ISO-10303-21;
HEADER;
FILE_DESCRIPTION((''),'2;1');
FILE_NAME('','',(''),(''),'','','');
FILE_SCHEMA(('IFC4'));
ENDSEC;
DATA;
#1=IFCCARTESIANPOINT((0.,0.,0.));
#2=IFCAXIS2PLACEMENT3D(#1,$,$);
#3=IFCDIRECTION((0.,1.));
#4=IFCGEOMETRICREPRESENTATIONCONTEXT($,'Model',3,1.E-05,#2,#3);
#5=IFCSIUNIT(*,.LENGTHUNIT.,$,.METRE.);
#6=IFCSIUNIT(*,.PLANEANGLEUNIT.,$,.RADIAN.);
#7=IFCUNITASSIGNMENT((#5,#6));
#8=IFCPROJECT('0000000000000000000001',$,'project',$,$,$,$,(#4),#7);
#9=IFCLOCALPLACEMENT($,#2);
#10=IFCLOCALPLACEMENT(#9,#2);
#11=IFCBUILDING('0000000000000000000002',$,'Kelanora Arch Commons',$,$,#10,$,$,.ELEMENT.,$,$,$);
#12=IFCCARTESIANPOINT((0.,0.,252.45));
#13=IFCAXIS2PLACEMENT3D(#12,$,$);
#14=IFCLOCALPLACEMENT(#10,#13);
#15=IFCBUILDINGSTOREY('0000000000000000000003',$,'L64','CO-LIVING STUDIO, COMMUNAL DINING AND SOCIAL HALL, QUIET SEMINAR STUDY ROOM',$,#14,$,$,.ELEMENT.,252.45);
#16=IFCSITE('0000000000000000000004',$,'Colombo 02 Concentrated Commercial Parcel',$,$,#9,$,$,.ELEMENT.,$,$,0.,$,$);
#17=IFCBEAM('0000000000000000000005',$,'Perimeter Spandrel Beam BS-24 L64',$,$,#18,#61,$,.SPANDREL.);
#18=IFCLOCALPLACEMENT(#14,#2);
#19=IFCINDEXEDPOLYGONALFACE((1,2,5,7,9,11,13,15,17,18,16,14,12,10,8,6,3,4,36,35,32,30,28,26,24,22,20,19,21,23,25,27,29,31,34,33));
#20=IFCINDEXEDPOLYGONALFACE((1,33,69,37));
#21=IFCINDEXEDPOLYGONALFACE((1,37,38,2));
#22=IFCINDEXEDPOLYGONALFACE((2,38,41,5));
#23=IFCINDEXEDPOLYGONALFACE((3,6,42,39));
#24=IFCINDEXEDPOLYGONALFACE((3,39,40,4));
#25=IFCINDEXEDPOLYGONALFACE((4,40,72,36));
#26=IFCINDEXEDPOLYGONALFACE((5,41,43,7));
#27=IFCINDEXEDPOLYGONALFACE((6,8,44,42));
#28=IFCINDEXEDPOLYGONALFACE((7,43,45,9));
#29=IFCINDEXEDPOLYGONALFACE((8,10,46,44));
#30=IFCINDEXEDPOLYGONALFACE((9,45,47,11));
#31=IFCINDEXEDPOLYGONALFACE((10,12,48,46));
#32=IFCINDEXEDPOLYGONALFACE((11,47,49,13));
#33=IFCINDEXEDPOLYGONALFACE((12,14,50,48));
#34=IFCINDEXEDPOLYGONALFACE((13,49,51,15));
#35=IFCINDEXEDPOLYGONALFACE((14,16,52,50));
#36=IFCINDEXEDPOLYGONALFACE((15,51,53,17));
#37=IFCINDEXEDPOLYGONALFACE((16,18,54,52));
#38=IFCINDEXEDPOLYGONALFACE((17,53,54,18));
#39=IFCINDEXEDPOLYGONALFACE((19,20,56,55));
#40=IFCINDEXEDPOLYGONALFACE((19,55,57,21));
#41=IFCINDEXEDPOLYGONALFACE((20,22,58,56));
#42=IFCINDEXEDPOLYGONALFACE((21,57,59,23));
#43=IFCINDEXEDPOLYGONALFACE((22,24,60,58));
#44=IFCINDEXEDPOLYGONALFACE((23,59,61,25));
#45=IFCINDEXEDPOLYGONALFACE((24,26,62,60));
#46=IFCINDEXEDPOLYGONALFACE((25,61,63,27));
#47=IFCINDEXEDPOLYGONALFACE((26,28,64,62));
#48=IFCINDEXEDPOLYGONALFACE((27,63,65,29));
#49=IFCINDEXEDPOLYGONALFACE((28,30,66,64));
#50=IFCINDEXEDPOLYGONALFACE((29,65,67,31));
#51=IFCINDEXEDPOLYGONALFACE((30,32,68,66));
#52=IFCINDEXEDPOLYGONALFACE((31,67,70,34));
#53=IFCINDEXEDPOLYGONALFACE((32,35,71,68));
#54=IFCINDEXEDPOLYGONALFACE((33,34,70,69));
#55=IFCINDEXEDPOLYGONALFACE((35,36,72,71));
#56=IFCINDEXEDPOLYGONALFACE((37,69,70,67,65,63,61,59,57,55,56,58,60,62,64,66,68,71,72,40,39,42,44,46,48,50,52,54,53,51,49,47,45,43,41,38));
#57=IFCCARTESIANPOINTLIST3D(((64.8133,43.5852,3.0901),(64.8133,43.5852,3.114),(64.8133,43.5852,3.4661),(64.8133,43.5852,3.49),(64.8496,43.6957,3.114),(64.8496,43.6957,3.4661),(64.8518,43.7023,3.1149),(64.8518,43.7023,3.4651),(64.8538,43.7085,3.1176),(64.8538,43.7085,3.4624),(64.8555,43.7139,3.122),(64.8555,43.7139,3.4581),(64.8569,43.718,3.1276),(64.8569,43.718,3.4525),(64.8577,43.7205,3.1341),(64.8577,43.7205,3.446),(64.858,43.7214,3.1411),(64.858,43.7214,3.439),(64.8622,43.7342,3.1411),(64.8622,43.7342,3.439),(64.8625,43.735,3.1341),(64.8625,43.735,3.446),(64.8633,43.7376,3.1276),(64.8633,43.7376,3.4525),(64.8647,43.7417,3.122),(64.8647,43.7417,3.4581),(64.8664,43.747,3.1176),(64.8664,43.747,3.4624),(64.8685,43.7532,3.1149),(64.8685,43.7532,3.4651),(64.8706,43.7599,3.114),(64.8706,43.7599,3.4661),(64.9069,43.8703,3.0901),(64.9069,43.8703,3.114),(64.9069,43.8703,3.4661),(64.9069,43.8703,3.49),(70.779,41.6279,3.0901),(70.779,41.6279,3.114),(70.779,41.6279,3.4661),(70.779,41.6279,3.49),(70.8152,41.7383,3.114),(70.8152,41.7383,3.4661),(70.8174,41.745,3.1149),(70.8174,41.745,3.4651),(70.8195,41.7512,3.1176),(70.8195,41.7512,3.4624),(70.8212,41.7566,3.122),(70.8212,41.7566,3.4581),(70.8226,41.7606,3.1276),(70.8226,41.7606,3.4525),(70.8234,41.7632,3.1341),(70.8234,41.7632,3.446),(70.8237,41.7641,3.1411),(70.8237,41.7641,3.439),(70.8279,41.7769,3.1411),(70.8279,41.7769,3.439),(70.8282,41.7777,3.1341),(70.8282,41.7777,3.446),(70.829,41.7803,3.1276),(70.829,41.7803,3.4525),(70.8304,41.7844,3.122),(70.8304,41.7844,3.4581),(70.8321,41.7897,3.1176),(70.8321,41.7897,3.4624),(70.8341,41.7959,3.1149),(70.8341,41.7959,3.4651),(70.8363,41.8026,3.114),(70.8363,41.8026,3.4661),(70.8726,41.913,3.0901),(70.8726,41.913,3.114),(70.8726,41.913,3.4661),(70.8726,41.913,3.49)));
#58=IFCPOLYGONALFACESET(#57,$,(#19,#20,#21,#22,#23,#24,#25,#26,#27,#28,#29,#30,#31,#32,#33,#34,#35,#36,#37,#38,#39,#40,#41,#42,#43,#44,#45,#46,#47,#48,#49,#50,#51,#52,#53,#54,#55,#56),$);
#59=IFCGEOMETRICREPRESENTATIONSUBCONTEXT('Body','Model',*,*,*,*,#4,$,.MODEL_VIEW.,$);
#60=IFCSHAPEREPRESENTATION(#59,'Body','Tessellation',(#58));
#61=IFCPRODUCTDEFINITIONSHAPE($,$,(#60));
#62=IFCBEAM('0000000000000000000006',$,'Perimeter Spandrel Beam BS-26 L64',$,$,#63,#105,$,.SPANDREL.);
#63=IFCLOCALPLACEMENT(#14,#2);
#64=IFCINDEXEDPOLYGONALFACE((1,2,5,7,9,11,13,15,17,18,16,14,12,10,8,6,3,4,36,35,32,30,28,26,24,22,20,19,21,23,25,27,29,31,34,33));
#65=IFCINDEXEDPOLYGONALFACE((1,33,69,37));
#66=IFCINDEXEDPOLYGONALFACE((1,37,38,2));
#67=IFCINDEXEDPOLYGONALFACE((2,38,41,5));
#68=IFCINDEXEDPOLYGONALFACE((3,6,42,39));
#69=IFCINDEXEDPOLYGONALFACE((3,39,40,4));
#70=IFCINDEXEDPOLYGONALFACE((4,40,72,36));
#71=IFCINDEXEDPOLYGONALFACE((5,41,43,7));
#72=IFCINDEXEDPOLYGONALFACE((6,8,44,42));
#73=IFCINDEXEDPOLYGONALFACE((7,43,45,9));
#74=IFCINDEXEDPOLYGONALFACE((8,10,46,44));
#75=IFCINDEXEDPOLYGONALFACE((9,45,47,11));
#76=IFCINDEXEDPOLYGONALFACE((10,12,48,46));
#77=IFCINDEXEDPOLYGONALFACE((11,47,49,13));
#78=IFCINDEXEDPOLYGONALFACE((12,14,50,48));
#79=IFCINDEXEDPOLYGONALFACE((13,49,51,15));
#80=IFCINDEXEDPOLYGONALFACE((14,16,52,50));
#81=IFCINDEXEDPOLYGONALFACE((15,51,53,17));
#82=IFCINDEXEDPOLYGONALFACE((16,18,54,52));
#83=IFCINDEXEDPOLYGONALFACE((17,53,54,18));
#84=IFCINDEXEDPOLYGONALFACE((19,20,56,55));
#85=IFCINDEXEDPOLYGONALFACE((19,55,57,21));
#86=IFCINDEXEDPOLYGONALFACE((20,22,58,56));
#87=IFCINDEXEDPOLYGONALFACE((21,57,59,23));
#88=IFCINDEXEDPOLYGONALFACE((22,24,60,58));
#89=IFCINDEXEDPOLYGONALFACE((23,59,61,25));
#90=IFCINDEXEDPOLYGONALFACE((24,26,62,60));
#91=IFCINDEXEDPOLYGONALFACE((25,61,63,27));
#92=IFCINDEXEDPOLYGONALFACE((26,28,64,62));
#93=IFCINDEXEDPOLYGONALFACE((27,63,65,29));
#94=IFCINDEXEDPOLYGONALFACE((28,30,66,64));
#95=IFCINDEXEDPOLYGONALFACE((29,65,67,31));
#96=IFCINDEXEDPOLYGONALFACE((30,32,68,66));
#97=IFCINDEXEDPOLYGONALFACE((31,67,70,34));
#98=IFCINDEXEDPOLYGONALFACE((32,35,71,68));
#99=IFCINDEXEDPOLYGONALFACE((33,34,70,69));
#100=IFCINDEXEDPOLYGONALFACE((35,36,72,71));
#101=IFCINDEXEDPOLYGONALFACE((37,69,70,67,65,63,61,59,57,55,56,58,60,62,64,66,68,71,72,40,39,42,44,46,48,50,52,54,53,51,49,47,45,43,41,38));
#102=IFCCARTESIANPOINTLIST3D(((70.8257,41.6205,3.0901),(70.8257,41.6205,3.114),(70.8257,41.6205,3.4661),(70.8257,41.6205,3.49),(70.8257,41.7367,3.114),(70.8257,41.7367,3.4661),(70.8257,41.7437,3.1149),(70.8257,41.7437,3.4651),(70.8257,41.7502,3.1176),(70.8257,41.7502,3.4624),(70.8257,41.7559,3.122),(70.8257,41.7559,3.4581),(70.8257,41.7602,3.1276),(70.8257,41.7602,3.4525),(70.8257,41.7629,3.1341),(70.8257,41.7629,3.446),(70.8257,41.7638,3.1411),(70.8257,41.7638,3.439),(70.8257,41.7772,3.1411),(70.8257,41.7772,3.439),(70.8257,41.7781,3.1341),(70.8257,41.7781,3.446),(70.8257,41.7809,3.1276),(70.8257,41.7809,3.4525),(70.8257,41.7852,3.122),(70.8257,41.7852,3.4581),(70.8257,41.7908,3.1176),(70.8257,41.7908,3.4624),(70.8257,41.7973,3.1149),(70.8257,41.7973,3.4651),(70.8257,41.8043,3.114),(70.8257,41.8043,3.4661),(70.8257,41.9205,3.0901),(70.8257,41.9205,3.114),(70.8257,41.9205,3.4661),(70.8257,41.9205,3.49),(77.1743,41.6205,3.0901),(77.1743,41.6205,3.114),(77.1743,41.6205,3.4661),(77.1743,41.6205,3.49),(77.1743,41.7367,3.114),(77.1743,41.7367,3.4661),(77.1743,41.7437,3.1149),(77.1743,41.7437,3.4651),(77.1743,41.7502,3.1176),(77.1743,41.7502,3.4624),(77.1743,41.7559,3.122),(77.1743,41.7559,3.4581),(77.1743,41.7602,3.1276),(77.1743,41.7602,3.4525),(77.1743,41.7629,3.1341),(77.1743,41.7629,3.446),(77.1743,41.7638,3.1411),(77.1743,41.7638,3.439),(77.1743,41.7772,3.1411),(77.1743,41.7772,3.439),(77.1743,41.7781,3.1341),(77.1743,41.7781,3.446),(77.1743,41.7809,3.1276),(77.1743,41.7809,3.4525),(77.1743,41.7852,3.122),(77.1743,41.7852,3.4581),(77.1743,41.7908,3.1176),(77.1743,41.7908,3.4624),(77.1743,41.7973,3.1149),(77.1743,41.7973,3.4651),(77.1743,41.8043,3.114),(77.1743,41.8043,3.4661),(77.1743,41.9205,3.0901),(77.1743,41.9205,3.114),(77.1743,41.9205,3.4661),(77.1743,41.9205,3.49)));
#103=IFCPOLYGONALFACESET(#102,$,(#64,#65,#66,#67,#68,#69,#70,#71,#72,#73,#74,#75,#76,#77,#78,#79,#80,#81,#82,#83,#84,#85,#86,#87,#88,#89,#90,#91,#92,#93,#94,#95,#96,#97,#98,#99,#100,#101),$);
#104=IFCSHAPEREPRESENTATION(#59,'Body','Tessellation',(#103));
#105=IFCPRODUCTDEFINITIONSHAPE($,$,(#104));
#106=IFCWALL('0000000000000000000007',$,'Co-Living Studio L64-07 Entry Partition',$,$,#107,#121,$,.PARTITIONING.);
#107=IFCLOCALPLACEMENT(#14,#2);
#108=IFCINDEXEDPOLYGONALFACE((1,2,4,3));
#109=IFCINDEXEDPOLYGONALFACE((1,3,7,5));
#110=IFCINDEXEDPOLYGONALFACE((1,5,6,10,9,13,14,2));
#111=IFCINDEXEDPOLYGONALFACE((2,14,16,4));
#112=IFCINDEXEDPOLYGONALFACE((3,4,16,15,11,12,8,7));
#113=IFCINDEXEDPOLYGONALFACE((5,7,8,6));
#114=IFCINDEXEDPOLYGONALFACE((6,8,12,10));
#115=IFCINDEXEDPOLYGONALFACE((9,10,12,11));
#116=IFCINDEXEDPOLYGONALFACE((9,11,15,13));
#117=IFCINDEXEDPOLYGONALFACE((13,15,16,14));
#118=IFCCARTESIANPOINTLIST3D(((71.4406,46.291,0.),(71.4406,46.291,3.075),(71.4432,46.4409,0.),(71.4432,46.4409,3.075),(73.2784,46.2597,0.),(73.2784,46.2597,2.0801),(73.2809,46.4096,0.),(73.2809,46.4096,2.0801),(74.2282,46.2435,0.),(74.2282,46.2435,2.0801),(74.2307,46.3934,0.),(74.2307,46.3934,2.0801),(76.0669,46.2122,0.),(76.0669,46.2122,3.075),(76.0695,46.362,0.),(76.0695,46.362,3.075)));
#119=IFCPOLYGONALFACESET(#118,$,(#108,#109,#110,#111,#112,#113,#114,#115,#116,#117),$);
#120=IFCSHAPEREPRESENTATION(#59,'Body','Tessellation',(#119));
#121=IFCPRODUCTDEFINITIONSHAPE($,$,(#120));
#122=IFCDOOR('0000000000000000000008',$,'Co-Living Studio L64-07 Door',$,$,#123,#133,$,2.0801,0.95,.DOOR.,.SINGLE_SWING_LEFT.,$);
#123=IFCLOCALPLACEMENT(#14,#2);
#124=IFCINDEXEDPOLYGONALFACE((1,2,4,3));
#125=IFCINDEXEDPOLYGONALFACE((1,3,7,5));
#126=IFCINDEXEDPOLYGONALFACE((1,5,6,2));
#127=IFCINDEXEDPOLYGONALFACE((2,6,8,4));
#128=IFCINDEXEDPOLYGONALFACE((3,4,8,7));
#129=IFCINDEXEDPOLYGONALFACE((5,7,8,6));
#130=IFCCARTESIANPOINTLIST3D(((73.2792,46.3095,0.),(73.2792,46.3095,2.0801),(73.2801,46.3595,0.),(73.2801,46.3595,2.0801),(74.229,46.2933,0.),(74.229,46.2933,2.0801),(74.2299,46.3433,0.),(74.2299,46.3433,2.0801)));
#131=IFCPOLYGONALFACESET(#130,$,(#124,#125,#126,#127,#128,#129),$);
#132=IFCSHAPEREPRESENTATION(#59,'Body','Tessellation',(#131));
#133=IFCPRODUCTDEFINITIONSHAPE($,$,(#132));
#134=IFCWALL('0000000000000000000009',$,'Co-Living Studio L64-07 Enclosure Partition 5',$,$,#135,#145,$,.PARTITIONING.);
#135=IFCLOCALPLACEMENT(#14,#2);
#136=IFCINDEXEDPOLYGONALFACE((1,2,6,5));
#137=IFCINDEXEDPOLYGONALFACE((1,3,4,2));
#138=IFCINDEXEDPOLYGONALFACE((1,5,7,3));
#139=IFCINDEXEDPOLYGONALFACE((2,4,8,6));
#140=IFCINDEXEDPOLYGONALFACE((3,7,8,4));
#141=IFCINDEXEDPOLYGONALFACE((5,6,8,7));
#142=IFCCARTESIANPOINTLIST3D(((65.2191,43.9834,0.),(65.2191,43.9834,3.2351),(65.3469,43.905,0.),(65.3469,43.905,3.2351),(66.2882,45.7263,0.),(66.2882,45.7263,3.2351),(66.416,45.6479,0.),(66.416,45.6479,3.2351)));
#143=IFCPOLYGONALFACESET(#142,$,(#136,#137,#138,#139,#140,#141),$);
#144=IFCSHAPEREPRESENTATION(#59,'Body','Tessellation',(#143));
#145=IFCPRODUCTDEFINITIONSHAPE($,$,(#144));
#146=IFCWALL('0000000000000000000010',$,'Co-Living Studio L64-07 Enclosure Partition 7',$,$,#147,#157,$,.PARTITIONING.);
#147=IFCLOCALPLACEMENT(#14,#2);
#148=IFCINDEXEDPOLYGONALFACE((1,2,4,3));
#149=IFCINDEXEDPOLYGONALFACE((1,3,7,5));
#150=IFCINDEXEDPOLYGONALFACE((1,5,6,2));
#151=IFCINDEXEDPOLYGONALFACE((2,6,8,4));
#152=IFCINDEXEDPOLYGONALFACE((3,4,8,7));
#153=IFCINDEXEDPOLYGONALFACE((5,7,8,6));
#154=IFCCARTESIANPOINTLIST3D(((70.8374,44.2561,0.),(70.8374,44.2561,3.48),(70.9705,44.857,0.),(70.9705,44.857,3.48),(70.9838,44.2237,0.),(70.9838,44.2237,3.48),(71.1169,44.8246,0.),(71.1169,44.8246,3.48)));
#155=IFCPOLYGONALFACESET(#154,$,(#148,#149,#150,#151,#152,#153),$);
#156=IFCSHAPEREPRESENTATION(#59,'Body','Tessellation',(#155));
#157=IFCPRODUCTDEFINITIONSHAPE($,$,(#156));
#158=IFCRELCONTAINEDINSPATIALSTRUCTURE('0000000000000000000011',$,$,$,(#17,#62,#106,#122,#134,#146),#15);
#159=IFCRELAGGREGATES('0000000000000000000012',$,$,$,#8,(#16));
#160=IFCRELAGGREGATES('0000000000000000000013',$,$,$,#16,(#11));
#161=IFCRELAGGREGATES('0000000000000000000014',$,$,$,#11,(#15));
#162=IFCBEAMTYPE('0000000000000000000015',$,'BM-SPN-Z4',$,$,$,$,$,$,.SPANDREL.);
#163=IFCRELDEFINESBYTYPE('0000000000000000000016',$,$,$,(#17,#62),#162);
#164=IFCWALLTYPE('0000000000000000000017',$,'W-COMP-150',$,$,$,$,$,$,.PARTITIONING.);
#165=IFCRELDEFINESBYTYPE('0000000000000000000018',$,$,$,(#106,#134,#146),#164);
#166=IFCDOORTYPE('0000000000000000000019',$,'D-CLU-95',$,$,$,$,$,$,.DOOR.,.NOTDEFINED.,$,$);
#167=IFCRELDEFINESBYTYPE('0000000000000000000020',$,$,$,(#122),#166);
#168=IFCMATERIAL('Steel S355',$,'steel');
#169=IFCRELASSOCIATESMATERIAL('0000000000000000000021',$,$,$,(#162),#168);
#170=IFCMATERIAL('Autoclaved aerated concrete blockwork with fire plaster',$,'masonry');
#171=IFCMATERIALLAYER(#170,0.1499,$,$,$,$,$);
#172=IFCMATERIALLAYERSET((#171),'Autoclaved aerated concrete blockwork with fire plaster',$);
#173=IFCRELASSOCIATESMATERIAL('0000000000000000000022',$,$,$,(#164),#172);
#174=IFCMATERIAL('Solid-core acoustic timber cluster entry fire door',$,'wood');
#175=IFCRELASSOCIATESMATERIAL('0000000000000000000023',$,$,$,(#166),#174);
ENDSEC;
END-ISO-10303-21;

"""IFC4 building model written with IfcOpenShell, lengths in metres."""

from ifc_helpers import new_model, si_unit, direction, frame, frame_2d, origin, origin_2d, place, context, subcontext, project, spatial, rectangle, i_section, extrude, material, layer, layer_set, material_profile, profile_set, type_object, element, fill, save


model = new_model("IFC4")

# Units and contexts
model_context = context("Model", 3, precision=1e-05, world=origin(), true_north=direction((0.0, 1.0)))
body_context = subcontext(model_context, "Body", "Model", "MODEL_VIEW")
ifc_project = project(units=[si_unit("LENGTHUNIT", "METRE"), si_unit("PLANEANGLEUNIT", "RADIAN")], contexts=[model_context])

# Site, building, storey
site_placement = place(None, origin())
site = spatial("IfcSite", under=ifc_project, at=site_placement, Name="Colombo 02 Concentrated Commercial Parcel", CompositionType="ELEMENT", RefElevation=0.0)
building_placement = place(site_placement, origin())
building = spatial("IfcBuilding", under=site, at=building_placement, Name="Kelanora Arch Commons", CompositionType="ELEMENT")
storey_placement = place(building_placement, frame((0.0, 0.0, 252.45)))
storey = spatial("IfcBuildingStorey", under=building, at=storey_placement, Name="L64", Description="CO-LIVING STUDIO, COMMUNAL DINING AND SOCIAL HALL, QUIET SEMINAR STUDY ROOM", CompositionType="ELEMENT", Elevation=252.45)

# Beams
ifc_material_1 = material(Name="Steel S355", Category="steel")
ifc_material_profile_1 = material_profile(ifc_material_1, i_section(OverallWidth=0.3, OverallDepth=0.3999, WebThickness=0.0134, FlangeThickness=0.0239, FilletRadius=0.0271, at=origin_2d()), Name="HEB400")
ifc_profile_set_1 = profile_set([ifc_material_profile_1], Name="Steel S355")
beam_type_1 = type_object("IfcBeamType", Name="BM-SPN-Z4", PredefinedType="SPANDREL", material=ifc_profile_set_1)
beam_1_placement = place(storey_placement, frame((64.8601, 43.7278, 3.29), z_axis=(0.950166, -0.311745, 0.0), x_axis=(0.311745, 0.950166, 0.0)))
element("IfcBeam", 1, at=beam_1_placement, inside=storey, type_object=beam_type_1, Name="Perimeter Spandrel Beam BS-24 L64", PredefinedType="SPANDREL", context=body_context, shape_type="SweptSolid", body=[
    extrude(i_section(OverallWidth=0.3, OverallDepth=0.3999, WebThickness=0.0134, FlangeThickness=0.0239, FilletRadius=0.0271, at=origin_2d()), origin(), (0.0, 0.0, 1.0), 6.2786),
])
beam_2_placement = place(storey_placement, frame((70.8257, 41.7705, 3.29), z_axis=(1.0, 0.0, 0.0), x_axis=(0.0, 1.0, 0.0)))
element("IfcBeam", 2, at=beam_2_placement, inside=storey, type_object=beam_type_1, Name="Perimeter Spandrel Beam BS-26 L64", PredefinedType="SPANDREL", context=body_context, shape_type="SweptSolid", body=[
    extrude(i_section(OverallWidth=0.3, OverallDepth=0.3999, WebThickness=0.0134, FlangeThickness=0.0239, FilletRadius=0.0271, at=origin_2d()), origin(), (0.0, 0.0, 1.0), 6.3486),
])

# Wall, opening, door
ifc_material_2 = material(Name="Autoclaved aerated concrete blockwork with fire plaster", Category="masonry")
ifc_layer_1 = layer(ifc_material_2, 0.1499)
ifc_layer_set_1 = layer_set([ifc_layer_1], Name="Autoclaved aerated concrete blockwork with fire plaster")
wall_type_1 = type_object("IfcWallType", Name="W-COMP-150", PredefinedType="PARTITIONING", material=ifc_layer_set_1)
wall_1_placement = place(storey_placement, frame((71.4419, 46.366, 0.0), z_axis=(0.0, 0.0, 1.0), x_axis=(0.999855, -0.017043, 0.0)))
wall_1 = element("IfcWall", 3, at=wall_1_placement, inside=storey, type_object=wall_type_1, Name="Co-Living Studio L64-07 Entry Partition", PredefinedType="PARTITIONING", context=body_context, shape_type="SweptSolid", body=[
    extrude(rectangle(XDim=4.627, YDim=0.1499, at=frame_2d((2.3135, 0.0))), origin(), (0.0, 0.0, 1.0), 3.075),
])
opening_1_placement = place(wall_1_placement, frame((1.8379, 0.0, 0.0)))
opening_1 = element("IfcOpeningElement", 4, at=opening_1_placement, cuts=wall_1, PredefinedType="OPENING", context=body_context, shape_type="SweptSolid", body=[
    extrude(rectangle(XDim=0.95, YDim=2.0801, at=frame_2d((0.4751, 1.04))), frame((0.0, 0.085, 0.0), z_axis=(0.0, -1.0, 0.0), x_axis=(1.0, 0.0, 0.0)), (0.0, 0.0, 1.0), 0.1699),
])
ifc_material_3 = material(Name="Solid-core acoustic timber cluster entry fire door", Category="wood")
door_type_1 = type_object("IfcDoorType", Name="D-CLU-95", OperationType="NOTDEFINED", PredefinedType="DOOR", material=ifc_material_3)
door_1_placement = place(opening_1_placement, origin())
door_1 = element("IfcDoor", 5, at=door_1_placement, inside=storey, type_object=door_type_1, Name="Co-Living Studio L64-07 Door", OperationType="SINGLE_SWING_LEFT", OverallHeight=2.0801, OverallWidth=0.95, PredefinedType="DOOR", context=body_context, shape_type="SweptSolid", body=[
    extrude(rectangle(XDim=0.95, YDim=2.0801, at=frame_2d((0.4751, 1.04))), frame((0.0, 0.0249, 0.0), z_axis=(0.0, -1.0, 0.0), x_axis=(1.0, 0.0, 0.0)), (0.0, 0.0, 1.0), 0.05),
])
fill(opening_1, door_1)

# Walls
wall_2_placement = place(storey_placement, frame((65.283, 43.9441, 0.0), z_axis=(0.0, 0.0, 1.0), x_axis=(0.522864, 0.852416, 0.0)))
element("IfcWall", 6, at=wall_2_placement, inside=storey, type_object=wall_type_1, Name="Co-Living Studio L64-07 Enclosure Partition 5", PredefinedType="PARTITIONING", context=body_context, shape_type="SweptSolid", body=[
    extrude(rectangle(XDim=2.0447, YDim=0.1499, at=frame_2d((1.0225, 0.0))), origin(), (0.0, 0.0, 1.0), 3.2351),
])
wall_3_placement = place(storey_placement, frame((70.9106, 44.24, 0.0), z_axis=(0.0, 0.0, 1.0), x_axis=(0.216216, 0.976345, 0.0)))
element("IfcWall", 7, at=wall_3_placement, inside=storey, type_object=wall_type_1, Name="Co-Living Studio L64-07 Enclosure Partition 7", PredefinedType="PARTITIONING", context=body_context, shape_type="SweptSolid", body=[
    extrude(rectangle(XDim=0.6155, YDim=0.1499, at=frame_2d((0.3076, 0.0))), origin(), (0.0, 0.0, 1.0), 3.48),
])

save(model, "model.ifc")
